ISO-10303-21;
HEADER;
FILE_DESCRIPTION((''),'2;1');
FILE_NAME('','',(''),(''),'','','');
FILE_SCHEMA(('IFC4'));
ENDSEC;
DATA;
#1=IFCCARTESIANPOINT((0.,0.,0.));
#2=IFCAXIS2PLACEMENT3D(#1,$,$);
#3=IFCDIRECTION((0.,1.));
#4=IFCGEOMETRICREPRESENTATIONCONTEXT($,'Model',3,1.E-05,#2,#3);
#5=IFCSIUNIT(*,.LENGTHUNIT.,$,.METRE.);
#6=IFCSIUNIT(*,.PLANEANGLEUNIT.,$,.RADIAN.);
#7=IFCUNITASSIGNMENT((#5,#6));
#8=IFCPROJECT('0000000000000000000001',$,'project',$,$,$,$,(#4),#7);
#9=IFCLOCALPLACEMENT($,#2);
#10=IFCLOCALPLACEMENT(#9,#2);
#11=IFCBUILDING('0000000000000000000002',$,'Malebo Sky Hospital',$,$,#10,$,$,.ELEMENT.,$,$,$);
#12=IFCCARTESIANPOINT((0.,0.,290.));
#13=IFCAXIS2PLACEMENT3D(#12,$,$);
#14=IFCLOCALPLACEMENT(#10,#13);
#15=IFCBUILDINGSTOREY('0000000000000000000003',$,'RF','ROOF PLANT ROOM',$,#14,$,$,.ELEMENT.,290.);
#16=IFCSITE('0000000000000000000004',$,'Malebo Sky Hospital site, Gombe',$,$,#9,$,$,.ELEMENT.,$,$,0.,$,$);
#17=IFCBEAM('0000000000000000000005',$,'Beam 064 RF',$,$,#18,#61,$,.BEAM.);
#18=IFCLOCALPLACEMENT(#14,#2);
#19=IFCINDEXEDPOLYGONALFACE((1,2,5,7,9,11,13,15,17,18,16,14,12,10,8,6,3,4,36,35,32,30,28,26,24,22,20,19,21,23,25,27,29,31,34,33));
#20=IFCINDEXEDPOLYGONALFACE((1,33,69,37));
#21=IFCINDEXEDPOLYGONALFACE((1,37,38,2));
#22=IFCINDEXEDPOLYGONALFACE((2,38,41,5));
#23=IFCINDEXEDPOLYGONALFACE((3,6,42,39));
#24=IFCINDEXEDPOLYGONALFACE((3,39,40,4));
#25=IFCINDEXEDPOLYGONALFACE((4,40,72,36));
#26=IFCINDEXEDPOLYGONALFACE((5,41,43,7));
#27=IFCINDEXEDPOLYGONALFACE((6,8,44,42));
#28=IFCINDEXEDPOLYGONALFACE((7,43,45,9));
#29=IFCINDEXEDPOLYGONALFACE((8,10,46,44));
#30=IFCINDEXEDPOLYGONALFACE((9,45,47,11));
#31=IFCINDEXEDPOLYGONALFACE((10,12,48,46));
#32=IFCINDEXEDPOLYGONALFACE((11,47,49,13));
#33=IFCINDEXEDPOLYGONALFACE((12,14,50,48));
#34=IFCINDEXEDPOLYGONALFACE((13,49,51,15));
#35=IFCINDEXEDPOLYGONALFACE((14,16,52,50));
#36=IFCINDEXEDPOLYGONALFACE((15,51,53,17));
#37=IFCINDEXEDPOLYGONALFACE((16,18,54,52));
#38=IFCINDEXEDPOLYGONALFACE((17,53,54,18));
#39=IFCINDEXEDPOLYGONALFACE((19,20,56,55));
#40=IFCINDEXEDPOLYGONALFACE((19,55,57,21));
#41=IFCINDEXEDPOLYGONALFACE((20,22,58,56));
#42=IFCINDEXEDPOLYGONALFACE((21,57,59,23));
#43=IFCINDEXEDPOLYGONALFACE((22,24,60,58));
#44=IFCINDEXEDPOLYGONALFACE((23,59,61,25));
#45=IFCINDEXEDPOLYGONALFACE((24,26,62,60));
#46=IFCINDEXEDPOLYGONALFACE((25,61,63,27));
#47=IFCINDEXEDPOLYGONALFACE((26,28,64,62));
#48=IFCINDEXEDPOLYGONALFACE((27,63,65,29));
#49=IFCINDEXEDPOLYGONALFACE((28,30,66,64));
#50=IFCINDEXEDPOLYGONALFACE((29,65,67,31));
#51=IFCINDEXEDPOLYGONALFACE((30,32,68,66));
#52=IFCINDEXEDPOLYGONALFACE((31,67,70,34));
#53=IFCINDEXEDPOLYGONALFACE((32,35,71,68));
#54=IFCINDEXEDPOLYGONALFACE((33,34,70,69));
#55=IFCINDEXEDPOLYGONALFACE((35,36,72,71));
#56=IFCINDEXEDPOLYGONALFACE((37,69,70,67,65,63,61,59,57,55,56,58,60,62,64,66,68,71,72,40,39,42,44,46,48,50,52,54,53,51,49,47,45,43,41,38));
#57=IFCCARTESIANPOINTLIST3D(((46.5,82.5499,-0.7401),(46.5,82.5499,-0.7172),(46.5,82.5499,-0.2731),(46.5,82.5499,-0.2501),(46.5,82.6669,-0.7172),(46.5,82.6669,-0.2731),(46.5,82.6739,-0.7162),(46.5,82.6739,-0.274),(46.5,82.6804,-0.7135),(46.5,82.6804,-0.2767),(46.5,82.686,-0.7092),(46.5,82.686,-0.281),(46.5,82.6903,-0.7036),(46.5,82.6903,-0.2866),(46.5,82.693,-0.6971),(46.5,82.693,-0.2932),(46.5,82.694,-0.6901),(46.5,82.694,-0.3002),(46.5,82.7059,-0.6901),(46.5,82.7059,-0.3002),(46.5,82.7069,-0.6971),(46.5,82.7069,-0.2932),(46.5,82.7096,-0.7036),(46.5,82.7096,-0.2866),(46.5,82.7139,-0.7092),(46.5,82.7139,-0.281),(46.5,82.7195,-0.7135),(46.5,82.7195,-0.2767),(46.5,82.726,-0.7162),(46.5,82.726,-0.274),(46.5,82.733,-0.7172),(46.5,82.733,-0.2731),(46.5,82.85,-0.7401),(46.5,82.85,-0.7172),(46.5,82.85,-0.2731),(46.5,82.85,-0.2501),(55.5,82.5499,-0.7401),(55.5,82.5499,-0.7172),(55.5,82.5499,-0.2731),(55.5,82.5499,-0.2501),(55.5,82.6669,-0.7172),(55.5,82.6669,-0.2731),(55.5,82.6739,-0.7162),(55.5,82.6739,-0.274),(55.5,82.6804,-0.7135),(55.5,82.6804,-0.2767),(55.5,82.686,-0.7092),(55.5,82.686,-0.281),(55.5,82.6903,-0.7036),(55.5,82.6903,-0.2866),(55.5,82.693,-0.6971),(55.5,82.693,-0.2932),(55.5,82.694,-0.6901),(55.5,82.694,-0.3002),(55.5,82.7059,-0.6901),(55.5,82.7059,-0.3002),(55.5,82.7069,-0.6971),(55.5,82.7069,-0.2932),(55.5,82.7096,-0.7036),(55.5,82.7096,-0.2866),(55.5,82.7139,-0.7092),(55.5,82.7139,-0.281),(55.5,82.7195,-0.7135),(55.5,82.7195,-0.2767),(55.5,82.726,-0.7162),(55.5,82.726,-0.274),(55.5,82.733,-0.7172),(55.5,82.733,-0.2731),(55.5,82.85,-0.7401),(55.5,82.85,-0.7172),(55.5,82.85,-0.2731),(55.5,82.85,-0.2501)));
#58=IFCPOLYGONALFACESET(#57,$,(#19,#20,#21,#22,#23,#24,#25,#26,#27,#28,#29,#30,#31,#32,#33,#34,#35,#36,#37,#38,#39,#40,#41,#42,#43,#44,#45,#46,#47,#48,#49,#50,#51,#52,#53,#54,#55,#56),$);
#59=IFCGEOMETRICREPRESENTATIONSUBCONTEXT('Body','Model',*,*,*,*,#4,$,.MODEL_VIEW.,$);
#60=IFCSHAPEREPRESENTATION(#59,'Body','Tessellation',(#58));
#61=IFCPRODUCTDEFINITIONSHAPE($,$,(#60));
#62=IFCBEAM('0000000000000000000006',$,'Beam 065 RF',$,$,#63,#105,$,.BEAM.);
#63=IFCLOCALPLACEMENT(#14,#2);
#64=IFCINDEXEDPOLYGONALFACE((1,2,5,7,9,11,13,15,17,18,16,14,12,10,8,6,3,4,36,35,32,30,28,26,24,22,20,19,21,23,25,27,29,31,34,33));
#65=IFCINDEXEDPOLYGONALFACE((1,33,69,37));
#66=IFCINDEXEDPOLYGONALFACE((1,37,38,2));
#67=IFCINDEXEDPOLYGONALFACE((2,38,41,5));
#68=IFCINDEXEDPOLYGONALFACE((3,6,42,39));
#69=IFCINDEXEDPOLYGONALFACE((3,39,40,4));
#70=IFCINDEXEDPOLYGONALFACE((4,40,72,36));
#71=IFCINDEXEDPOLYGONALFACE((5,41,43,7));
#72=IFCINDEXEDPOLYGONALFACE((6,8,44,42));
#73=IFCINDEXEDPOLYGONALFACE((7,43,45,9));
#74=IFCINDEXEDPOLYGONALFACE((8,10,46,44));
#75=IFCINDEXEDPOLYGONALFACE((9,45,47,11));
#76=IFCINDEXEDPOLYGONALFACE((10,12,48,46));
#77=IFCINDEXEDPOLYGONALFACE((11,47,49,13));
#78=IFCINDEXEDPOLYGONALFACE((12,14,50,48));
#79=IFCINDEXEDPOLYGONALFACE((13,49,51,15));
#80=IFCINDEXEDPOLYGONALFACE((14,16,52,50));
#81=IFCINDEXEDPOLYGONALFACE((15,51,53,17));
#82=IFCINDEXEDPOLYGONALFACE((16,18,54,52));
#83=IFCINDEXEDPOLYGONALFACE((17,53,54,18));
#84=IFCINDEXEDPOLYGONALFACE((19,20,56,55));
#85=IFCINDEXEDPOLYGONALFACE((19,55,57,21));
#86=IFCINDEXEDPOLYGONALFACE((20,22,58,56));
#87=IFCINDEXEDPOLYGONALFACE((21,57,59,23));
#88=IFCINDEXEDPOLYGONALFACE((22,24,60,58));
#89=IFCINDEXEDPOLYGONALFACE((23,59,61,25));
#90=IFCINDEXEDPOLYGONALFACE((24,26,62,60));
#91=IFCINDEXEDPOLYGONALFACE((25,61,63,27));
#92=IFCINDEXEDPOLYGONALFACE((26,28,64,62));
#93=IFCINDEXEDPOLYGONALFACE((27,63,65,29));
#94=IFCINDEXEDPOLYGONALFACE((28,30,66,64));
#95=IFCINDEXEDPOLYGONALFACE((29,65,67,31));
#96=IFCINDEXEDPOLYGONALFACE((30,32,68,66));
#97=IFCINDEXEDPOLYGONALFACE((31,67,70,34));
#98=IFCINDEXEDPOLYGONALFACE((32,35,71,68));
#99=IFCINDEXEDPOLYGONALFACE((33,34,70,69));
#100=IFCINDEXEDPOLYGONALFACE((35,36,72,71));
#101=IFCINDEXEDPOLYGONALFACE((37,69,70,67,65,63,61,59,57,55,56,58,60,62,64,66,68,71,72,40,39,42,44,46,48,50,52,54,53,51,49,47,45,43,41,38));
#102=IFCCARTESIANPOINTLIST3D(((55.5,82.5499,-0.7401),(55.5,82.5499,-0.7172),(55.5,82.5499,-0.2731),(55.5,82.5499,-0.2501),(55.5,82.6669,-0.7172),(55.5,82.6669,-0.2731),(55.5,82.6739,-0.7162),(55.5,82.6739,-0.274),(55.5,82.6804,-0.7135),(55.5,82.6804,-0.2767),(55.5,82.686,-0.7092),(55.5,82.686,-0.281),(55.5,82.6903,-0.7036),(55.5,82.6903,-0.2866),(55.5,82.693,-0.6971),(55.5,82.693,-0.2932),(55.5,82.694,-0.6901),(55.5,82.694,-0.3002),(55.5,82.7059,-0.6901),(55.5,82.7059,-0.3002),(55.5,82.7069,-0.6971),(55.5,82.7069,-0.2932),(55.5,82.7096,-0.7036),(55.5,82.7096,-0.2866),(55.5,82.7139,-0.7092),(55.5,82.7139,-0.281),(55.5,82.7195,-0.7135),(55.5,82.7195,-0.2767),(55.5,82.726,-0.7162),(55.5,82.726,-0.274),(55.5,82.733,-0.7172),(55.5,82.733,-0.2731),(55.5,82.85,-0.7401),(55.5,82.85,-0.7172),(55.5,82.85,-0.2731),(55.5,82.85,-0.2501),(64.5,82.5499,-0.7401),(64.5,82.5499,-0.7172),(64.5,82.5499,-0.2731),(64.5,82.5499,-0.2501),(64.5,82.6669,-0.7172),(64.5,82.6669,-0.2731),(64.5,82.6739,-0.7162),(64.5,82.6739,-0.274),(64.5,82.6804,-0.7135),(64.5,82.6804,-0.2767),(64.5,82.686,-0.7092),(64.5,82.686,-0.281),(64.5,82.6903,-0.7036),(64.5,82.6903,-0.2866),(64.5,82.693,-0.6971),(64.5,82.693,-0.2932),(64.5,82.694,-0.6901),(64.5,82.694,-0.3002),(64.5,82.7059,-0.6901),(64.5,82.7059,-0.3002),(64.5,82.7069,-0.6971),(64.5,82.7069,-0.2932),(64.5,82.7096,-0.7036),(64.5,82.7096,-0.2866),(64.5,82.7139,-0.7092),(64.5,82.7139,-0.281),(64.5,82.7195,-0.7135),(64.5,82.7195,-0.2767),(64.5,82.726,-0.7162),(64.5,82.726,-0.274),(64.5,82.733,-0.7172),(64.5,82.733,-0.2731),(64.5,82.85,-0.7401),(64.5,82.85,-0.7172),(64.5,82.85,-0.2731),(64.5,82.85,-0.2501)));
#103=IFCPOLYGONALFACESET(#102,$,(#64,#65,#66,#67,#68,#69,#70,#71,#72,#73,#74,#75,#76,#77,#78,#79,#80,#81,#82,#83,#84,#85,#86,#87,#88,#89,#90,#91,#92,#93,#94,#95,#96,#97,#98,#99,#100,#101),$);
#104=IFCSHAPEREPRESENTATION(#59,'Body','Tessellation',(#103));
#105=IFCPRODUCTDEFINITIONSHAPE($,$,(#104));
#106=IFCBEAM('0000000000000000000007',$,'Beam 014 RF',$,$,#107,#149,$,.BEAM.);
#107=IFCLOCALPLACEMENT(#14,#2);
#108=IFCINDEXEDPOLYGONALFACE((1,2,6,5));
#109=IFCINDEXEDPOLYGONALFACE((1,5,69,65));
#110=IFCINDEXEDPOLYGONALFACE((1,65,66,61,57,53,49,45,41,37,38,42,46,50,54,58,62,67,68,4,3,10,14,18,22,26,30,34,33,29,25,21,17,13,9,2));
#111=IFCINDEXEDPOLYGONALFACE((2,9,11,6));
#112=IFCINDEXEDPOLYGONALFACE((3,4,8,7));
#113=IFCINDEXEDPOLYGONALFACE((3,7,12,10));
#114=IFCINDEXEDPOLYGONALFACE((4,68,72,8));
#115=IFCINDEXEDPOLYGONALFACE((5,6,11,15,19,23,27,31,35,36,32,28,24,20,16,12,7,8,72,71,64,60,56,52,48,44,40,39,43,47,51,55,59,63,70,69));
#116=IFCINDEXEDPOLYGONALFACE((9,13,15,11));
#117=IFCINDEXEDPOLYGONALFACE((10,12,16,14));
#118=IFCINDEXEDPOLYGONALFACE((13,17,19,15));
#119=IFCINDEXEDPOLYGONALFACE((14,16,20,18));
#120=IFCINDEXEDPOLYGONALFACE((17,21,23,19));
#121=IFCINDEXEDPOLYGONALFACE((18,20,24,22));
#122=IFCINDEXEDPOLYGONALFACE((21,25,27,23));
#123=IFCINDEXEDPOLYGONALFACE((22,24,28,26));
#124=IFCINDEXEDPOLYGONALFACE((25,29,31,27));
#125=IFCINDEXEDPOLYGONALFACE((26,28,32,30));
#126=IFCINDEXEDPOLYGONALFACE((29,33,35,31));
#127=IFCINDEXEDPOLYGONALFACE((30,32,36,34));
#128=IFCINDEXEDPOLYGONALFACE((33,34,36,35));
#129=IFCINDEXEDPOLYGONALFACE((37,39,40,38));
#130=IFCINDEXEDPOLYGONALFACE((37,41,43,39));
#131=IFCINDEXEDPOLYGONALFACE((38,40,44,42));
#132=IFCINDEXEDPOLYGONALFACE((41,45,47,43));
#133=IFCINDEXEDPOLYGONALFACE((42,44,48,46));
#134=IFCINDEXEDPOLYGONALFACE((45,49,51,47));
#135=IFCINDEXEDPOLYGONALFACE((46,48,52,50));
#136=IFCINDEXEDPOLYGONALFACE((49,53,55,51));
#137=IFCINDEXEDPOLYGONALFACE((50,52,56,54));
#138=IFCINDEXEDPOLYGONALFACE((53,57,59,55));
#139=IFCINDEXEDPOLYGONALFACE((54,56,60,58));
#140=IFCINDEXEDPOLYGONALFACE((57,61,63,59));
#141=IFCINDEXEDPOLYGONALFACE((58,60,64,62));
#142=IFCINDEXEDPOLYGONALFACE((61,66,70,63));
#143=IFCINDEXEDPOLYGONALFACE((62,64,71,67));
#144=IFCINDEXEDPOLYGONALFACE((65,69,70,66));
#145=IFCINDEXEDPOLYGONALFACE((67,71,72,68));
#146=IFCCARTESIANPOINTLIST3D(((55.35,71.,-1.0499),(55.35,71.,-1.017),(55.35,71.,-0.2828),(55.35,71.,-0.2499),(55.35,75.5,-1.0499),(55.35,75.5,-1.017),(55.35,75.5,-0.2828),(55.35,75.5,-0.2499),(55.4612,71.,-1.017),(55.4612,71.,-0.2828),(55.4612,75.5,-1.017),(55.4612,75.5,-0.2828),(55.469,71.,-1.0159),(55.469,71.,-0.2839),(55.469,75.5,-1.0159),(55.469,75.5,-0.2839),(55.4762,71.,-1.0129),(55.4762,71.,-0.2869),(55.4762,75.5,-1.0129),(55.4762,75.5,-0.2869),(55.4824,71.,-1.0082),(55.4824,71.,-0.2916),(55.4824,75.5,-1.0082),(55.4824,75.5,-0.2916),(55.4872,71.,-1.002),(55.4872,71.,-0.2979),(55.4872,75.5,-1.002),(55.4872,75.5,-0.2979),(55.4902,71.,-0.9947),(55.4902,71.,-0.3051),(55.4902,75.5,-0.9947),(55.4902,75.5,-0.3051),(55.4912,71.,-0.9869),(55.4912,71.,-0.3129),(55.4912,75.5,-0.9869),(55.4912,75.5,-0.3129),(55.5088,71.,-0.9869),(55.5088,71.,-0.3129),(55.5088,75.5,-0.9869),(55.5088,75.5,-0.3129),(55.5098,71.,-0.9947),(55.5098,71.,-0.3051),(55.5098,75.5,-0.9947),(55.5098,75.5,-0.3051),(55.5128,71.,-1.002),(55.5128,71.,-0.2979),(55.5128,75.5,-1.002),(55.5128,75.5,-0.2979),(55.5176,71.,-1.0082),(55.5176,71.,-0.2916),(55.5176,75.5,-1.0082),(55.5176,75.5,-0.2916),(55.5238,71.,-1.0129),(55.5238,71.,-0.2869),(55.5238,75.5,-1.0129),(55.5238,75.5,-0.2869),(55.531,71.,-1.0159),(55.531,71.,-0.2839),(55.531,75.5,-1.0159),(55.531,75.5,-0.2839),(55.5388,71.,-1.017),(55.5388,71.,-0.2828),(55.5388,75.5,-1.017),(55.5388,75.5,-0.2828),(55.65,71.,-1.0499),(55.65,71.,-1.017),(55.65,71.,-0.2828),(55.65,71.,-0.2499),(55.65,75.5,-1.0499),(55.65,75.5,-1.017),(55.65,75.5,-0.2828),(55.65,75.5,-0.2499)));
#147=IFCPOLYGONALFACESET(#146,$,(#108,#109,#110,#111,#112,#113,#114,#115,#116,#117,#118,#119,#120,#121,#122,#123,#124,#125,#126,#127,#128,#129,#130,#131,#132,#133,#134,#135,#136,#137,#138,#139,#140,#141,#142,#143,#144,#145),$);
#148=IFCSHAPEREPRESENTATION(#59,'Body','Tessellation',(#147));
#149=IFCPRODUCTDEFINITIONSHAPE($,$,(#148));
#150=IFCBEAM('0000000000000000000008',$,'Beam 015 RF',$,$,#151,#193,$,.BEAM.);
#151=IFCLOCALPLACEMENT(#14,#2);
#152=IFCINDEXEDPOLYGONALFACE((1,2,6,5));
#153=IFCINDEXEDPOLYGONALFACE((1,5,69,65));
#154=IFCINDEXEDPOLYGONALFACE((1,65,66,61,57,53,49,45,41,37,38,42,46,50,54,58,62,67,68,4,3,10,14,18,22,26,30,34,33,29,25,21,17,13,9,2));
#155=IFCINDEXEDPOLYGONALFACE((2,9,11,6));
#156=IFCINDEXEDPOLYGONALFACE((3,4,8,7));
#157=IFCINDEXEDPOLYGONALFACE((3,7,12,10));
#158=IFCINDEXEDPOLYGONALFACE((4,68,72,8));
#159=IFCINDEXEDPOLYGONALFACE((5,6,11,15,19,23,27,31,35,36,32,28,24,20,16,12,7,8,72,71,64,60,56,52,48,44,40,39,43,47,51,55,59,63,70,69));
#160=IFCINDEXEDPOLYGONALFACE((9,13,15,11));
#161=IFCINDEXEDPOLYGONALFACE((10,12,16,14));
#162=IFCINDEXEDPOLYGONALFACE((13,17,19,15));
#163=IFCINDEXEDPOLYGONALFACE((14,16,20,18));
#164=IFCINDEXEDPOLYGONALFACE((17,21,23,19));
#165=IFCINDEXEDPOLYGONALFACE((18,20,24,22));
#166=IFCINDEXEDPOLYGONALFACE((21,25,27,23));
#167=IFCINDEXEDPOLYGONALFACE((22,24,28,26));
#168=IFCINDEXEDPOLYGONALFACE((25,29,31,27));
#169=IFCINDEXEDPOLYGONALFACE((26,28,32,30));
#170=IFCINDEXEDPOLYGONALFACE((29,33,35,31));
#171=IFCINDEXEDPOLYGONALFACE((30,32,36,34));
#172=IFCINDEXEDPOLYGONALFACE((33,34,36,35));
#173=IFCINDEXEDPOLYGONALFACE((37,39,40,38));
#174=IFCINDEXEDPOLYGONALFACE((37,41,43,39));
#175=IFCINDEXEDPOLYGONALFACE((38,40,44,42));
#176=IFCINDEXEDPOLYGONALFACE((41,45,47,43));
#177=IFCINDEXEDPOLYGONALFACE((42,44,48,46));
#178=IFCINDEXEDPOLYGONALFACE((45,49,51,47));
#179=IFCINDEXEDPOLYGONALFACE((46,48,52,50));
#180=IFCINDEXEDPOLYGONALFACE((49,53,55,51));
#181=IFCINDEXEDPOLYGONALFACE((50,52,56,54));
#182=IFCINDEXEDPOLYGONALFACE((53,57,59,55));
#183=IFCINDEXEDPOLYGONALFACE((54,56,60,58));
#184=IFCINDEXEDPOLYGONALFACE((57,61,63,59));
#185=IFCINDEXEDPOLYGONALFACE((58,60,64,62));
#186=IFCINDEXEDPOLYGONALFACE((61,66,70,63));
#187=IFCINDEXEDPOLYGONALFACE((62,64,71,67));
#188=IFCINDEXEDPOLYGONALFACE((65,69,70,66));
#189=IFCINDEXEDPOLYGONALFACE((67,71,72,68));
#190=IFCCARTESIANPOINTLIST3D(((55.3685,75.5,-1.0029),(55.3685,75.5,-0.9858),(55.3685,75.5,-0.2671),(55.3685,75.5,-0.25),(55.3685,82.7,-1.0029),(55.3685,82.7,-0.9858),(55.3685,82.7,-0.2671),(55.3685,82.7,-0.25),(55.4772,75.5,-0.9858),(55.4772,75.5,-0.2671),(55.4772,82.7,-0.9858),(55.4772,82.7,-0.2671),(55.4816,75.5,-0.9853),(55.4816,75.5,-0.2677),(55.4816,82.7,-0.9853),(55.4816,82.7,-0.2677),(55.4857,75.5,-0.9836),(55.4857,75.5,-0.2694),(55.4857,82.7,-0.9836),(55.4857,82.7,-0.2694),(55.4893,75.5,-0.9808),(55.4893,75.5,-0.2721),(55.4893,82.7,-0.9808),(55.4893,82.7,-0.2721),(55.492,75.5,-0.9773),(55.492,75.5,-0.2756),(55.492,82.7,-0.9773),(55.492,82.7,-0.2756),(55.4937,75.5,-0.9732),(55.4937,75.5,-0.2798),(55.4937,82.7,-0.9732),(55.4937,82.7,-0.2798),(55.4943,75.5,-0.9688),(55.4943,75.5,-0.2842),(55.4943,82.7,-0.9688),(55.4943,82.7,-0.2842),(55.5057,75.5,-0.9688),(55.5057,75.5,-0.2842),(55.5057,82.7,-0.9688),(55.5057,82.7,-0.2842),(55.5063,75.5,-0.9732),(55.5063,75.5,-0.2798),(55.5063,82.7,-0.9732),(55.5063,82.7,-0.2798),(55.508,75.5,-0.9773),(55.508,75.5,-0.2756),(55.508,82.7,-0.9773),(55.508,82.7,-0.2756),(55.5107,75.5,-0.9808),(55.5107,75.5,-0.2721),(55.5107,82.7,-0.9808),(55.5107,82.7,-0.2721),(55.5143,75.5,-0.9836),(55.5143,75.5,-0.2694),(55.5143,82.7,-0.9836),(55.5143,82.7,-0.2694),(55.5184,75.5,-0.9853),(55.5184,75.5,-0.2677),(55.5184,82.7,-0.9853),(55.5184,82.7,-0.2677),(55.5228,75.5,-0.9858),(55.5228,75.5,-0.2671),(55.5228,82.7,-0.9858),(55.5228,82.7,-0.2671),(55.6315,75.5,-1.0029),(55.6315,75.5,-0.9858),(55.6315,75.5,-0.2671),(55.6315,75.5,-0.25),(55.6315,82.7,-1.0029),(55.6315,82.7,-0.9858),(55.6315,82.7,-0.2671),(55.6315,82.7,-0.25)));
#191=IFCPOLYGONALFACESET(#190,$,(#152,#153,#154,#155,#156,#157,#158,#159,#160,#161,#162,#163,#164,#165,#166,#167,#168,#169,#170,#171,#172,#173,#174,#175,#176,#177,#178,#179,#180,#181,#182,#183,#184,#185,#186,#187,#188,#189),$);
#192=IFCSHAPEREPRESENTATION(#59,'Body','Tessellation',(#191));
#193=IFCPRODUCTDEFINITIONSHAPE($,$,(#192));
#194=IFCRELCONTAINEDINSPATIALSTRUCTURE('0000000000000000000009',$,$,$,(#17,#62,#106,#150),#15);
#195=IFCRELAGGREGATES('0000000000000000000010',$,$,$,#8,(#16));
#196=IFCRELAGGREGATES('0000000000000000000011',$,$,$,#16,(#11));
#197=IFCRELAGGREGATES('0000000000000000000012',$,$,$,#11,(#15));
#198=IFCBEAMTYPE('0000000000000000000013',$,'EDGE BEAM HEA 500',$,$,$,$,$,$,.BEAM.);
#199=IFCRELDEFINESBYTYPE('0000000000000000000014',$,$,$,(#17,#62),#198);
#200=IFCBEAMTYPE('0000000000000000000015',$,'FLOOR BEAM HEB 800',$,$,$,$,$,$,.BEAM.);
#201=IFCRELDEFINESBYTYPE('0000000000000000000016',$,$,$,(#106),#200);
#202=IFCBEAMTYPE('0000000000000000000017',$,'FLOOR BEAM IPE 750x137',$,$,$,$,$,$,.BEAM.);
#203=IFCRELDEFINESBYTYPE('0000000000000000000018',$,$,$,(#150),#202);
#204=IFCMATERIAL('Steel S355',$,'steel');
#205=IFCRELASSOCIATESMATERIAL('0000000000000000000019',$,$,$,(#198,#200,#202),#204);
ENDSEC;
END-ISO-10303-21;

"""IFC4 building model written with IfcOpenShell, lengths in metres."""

from ifc_helpers import new_model, si_unit, direction, frame, origin, origin_2d, place, context, subcontext, project, spatial, i_section, extrude, material, material_profile, profile_set, type_object, element, save


model = new_model("IFC4")

# Units and contexts
model_context = context("Model", 3, precision=1e-05, world=origin(), true_north=direction((0.0, 1.0)))
body_context = subcontext(model_context, "Body", "Model", "MODEL_VIEW")
ifc_project = project(units=[si_unit("LENGTHUNIT", "METRE"), si_unit("PLANEANGLEUNIT", "RADIAN")], contexts=[model_context])

# Site, building, storey
site_placement = place(None, origin())
site = spatial("IfcSite", under=ifc_project, at=site_placement, Name="Malebo Sky Hospital site, Gombe", CompositionType="ELEMENT", RefElevation=0.0)
building_placement = place(site_placement, origin())
building = spatial("IfcBuilding", under=site, at=building_placement, Name="Malebo Sky Hospital", CompositionType="ELEMENT")
storey_placement = place(building_placement, frame((0.0, 0.0, 290.0)))
storey = spatial("IfcBuildingStorey", under=building, at=storey_placement, Name="RF", Description="ROOF PLANT ROOM", CompositionType="ELEMENT", Elevation=290.0)

# Shared definitions
ifc_material_1 = material(Name="Steel S355", Category="steel")

# Beams
ifc_material_profile_1 = material_profile(ifc_material_1, i_section(OverallWidth=0.3, OverallDepth=0.49, WebThickness=0.012, FlangeThickness=0.0229, FilletRadius=0.0271, at=origin_2d()), Name="HEA 500")
ifc_profile_set_1 = profile_set([ifc_material_profile_1], Name="Steel S355")
beam_type_1 = type_object("IfcBeamType", Name="EDGE BEAM HEA 500", PredefinedType="BEAM", material=ifc_profile_set_1)
for number, where, z_axis, x_axis, name in (
    (1, (46.5, 82.7, -0.4951), (1.0, 0.0, 0.0), (0.0, 1.0, 0.0), "Beam 064 RF"),
    (2, (55.5, 82.7, -0.4951), (1.0, 0.0, 0.0), (0.0, 1.0, 0.0), "Beam 065 RF"),
):
    element("IfcBeam", number, at=place(storey_placement, frame(where, z_axis=z_axis, x_axis=x_axis)), inside=storey, type_object=beam_type_1, Name=name, PredefinedType="BEAM", context=body_context, shape_type="SweptSolid", body=[
        extrude(i_section(OverallWidth=0.3, OverallDepth=0.49, WebThickness=0.012, FlangeThickness=0.0229, FilletRadius=0.0271, at=origin_2d()), origin(), (0.0, 0.0, 1.0), 9.0),
    ])
ifc_material_profile_2 = material_profile(ifc_material_1, i_section(OverallWidth=0.3, OverallDepth=0.8, WebThickness=0.0176, FlangeThickness=0.033, FilletRadius=0.03, at=origin_2d()), Name="HEB 800")
ifc_profile_set_2 = profile_set([ifc_material_profile_2], Name="Steel S355")
beam_type_2 = type_object("IfcBeamType", Name="FLOOR BEAM HEB 800", PredefinedType="BEAM", material=ifc_profile_set_2)
beam_1_placement = place(storey_placement, frame((55.5, 71.0, -0.6499), z_axis=(0.0, 1.0, 0.0), x_axis=(-1.0, 0.0, 0.0)))
element("IfcBeam", 3, at=beam_1_placement, inside=storey, type_object=beam_type_2, Name="Beam 014 RF", PredefinedType="BEAM", context=body_context, shape_type="SweptSolid", body=[
    extrude(i_section(OverallWidth=0.3, OverallDepth=0.8, WebThickness=0.0176, FlangeThickness=0.033, FilletRadius=0.03, at=origin_2d()), origin(), (0.0, 0.0, 1.0), 4.5),
])
ifc_material_profile_3 = material_profile(ifc_material_1, i_section(OverallWidth=0.2629, OverallDepth=0.7529, WebThickness=0.0115, FlangeThickness=0.0171, FilletRadius=0.0171, at=origin_2d()), Name="IPE 750x137")
ifc_profile_set_3 = profile_set([ifc_material_profile_3], Name="Steel S355")
beam_type_3 = type_object("IfcBeamType", Name="FLOOR BEAM IPE 750x137", PredefinedType="BEAM", material=ifc_profile_set_3)
beam_2_placement = place(storey_placement, frame((55.5, 75.5, -0.6265), z_axis=(0.0, 1.0, 0.0), x_axis=(-1.0, 0.0, 0.0)))
element("IfcBeam", 4, at=beam_2_placement, inside=storey, type_object=beam_type_3, Name="Beam 015 RF", PredefinedType="BEAM", context=body_context, shape_type="SweptSolid", body=[
    extrude(i_section(OverallWidth=0.2629, OverallDepth=0.7529, WebThickness=0.0115, FlangeThickness=0.0171, FilletRadius=0.0171, at=origin_2d()), origin(), (0.0, 0.0, 1.0), 7.2),
])

save(model, "model.ifc")
